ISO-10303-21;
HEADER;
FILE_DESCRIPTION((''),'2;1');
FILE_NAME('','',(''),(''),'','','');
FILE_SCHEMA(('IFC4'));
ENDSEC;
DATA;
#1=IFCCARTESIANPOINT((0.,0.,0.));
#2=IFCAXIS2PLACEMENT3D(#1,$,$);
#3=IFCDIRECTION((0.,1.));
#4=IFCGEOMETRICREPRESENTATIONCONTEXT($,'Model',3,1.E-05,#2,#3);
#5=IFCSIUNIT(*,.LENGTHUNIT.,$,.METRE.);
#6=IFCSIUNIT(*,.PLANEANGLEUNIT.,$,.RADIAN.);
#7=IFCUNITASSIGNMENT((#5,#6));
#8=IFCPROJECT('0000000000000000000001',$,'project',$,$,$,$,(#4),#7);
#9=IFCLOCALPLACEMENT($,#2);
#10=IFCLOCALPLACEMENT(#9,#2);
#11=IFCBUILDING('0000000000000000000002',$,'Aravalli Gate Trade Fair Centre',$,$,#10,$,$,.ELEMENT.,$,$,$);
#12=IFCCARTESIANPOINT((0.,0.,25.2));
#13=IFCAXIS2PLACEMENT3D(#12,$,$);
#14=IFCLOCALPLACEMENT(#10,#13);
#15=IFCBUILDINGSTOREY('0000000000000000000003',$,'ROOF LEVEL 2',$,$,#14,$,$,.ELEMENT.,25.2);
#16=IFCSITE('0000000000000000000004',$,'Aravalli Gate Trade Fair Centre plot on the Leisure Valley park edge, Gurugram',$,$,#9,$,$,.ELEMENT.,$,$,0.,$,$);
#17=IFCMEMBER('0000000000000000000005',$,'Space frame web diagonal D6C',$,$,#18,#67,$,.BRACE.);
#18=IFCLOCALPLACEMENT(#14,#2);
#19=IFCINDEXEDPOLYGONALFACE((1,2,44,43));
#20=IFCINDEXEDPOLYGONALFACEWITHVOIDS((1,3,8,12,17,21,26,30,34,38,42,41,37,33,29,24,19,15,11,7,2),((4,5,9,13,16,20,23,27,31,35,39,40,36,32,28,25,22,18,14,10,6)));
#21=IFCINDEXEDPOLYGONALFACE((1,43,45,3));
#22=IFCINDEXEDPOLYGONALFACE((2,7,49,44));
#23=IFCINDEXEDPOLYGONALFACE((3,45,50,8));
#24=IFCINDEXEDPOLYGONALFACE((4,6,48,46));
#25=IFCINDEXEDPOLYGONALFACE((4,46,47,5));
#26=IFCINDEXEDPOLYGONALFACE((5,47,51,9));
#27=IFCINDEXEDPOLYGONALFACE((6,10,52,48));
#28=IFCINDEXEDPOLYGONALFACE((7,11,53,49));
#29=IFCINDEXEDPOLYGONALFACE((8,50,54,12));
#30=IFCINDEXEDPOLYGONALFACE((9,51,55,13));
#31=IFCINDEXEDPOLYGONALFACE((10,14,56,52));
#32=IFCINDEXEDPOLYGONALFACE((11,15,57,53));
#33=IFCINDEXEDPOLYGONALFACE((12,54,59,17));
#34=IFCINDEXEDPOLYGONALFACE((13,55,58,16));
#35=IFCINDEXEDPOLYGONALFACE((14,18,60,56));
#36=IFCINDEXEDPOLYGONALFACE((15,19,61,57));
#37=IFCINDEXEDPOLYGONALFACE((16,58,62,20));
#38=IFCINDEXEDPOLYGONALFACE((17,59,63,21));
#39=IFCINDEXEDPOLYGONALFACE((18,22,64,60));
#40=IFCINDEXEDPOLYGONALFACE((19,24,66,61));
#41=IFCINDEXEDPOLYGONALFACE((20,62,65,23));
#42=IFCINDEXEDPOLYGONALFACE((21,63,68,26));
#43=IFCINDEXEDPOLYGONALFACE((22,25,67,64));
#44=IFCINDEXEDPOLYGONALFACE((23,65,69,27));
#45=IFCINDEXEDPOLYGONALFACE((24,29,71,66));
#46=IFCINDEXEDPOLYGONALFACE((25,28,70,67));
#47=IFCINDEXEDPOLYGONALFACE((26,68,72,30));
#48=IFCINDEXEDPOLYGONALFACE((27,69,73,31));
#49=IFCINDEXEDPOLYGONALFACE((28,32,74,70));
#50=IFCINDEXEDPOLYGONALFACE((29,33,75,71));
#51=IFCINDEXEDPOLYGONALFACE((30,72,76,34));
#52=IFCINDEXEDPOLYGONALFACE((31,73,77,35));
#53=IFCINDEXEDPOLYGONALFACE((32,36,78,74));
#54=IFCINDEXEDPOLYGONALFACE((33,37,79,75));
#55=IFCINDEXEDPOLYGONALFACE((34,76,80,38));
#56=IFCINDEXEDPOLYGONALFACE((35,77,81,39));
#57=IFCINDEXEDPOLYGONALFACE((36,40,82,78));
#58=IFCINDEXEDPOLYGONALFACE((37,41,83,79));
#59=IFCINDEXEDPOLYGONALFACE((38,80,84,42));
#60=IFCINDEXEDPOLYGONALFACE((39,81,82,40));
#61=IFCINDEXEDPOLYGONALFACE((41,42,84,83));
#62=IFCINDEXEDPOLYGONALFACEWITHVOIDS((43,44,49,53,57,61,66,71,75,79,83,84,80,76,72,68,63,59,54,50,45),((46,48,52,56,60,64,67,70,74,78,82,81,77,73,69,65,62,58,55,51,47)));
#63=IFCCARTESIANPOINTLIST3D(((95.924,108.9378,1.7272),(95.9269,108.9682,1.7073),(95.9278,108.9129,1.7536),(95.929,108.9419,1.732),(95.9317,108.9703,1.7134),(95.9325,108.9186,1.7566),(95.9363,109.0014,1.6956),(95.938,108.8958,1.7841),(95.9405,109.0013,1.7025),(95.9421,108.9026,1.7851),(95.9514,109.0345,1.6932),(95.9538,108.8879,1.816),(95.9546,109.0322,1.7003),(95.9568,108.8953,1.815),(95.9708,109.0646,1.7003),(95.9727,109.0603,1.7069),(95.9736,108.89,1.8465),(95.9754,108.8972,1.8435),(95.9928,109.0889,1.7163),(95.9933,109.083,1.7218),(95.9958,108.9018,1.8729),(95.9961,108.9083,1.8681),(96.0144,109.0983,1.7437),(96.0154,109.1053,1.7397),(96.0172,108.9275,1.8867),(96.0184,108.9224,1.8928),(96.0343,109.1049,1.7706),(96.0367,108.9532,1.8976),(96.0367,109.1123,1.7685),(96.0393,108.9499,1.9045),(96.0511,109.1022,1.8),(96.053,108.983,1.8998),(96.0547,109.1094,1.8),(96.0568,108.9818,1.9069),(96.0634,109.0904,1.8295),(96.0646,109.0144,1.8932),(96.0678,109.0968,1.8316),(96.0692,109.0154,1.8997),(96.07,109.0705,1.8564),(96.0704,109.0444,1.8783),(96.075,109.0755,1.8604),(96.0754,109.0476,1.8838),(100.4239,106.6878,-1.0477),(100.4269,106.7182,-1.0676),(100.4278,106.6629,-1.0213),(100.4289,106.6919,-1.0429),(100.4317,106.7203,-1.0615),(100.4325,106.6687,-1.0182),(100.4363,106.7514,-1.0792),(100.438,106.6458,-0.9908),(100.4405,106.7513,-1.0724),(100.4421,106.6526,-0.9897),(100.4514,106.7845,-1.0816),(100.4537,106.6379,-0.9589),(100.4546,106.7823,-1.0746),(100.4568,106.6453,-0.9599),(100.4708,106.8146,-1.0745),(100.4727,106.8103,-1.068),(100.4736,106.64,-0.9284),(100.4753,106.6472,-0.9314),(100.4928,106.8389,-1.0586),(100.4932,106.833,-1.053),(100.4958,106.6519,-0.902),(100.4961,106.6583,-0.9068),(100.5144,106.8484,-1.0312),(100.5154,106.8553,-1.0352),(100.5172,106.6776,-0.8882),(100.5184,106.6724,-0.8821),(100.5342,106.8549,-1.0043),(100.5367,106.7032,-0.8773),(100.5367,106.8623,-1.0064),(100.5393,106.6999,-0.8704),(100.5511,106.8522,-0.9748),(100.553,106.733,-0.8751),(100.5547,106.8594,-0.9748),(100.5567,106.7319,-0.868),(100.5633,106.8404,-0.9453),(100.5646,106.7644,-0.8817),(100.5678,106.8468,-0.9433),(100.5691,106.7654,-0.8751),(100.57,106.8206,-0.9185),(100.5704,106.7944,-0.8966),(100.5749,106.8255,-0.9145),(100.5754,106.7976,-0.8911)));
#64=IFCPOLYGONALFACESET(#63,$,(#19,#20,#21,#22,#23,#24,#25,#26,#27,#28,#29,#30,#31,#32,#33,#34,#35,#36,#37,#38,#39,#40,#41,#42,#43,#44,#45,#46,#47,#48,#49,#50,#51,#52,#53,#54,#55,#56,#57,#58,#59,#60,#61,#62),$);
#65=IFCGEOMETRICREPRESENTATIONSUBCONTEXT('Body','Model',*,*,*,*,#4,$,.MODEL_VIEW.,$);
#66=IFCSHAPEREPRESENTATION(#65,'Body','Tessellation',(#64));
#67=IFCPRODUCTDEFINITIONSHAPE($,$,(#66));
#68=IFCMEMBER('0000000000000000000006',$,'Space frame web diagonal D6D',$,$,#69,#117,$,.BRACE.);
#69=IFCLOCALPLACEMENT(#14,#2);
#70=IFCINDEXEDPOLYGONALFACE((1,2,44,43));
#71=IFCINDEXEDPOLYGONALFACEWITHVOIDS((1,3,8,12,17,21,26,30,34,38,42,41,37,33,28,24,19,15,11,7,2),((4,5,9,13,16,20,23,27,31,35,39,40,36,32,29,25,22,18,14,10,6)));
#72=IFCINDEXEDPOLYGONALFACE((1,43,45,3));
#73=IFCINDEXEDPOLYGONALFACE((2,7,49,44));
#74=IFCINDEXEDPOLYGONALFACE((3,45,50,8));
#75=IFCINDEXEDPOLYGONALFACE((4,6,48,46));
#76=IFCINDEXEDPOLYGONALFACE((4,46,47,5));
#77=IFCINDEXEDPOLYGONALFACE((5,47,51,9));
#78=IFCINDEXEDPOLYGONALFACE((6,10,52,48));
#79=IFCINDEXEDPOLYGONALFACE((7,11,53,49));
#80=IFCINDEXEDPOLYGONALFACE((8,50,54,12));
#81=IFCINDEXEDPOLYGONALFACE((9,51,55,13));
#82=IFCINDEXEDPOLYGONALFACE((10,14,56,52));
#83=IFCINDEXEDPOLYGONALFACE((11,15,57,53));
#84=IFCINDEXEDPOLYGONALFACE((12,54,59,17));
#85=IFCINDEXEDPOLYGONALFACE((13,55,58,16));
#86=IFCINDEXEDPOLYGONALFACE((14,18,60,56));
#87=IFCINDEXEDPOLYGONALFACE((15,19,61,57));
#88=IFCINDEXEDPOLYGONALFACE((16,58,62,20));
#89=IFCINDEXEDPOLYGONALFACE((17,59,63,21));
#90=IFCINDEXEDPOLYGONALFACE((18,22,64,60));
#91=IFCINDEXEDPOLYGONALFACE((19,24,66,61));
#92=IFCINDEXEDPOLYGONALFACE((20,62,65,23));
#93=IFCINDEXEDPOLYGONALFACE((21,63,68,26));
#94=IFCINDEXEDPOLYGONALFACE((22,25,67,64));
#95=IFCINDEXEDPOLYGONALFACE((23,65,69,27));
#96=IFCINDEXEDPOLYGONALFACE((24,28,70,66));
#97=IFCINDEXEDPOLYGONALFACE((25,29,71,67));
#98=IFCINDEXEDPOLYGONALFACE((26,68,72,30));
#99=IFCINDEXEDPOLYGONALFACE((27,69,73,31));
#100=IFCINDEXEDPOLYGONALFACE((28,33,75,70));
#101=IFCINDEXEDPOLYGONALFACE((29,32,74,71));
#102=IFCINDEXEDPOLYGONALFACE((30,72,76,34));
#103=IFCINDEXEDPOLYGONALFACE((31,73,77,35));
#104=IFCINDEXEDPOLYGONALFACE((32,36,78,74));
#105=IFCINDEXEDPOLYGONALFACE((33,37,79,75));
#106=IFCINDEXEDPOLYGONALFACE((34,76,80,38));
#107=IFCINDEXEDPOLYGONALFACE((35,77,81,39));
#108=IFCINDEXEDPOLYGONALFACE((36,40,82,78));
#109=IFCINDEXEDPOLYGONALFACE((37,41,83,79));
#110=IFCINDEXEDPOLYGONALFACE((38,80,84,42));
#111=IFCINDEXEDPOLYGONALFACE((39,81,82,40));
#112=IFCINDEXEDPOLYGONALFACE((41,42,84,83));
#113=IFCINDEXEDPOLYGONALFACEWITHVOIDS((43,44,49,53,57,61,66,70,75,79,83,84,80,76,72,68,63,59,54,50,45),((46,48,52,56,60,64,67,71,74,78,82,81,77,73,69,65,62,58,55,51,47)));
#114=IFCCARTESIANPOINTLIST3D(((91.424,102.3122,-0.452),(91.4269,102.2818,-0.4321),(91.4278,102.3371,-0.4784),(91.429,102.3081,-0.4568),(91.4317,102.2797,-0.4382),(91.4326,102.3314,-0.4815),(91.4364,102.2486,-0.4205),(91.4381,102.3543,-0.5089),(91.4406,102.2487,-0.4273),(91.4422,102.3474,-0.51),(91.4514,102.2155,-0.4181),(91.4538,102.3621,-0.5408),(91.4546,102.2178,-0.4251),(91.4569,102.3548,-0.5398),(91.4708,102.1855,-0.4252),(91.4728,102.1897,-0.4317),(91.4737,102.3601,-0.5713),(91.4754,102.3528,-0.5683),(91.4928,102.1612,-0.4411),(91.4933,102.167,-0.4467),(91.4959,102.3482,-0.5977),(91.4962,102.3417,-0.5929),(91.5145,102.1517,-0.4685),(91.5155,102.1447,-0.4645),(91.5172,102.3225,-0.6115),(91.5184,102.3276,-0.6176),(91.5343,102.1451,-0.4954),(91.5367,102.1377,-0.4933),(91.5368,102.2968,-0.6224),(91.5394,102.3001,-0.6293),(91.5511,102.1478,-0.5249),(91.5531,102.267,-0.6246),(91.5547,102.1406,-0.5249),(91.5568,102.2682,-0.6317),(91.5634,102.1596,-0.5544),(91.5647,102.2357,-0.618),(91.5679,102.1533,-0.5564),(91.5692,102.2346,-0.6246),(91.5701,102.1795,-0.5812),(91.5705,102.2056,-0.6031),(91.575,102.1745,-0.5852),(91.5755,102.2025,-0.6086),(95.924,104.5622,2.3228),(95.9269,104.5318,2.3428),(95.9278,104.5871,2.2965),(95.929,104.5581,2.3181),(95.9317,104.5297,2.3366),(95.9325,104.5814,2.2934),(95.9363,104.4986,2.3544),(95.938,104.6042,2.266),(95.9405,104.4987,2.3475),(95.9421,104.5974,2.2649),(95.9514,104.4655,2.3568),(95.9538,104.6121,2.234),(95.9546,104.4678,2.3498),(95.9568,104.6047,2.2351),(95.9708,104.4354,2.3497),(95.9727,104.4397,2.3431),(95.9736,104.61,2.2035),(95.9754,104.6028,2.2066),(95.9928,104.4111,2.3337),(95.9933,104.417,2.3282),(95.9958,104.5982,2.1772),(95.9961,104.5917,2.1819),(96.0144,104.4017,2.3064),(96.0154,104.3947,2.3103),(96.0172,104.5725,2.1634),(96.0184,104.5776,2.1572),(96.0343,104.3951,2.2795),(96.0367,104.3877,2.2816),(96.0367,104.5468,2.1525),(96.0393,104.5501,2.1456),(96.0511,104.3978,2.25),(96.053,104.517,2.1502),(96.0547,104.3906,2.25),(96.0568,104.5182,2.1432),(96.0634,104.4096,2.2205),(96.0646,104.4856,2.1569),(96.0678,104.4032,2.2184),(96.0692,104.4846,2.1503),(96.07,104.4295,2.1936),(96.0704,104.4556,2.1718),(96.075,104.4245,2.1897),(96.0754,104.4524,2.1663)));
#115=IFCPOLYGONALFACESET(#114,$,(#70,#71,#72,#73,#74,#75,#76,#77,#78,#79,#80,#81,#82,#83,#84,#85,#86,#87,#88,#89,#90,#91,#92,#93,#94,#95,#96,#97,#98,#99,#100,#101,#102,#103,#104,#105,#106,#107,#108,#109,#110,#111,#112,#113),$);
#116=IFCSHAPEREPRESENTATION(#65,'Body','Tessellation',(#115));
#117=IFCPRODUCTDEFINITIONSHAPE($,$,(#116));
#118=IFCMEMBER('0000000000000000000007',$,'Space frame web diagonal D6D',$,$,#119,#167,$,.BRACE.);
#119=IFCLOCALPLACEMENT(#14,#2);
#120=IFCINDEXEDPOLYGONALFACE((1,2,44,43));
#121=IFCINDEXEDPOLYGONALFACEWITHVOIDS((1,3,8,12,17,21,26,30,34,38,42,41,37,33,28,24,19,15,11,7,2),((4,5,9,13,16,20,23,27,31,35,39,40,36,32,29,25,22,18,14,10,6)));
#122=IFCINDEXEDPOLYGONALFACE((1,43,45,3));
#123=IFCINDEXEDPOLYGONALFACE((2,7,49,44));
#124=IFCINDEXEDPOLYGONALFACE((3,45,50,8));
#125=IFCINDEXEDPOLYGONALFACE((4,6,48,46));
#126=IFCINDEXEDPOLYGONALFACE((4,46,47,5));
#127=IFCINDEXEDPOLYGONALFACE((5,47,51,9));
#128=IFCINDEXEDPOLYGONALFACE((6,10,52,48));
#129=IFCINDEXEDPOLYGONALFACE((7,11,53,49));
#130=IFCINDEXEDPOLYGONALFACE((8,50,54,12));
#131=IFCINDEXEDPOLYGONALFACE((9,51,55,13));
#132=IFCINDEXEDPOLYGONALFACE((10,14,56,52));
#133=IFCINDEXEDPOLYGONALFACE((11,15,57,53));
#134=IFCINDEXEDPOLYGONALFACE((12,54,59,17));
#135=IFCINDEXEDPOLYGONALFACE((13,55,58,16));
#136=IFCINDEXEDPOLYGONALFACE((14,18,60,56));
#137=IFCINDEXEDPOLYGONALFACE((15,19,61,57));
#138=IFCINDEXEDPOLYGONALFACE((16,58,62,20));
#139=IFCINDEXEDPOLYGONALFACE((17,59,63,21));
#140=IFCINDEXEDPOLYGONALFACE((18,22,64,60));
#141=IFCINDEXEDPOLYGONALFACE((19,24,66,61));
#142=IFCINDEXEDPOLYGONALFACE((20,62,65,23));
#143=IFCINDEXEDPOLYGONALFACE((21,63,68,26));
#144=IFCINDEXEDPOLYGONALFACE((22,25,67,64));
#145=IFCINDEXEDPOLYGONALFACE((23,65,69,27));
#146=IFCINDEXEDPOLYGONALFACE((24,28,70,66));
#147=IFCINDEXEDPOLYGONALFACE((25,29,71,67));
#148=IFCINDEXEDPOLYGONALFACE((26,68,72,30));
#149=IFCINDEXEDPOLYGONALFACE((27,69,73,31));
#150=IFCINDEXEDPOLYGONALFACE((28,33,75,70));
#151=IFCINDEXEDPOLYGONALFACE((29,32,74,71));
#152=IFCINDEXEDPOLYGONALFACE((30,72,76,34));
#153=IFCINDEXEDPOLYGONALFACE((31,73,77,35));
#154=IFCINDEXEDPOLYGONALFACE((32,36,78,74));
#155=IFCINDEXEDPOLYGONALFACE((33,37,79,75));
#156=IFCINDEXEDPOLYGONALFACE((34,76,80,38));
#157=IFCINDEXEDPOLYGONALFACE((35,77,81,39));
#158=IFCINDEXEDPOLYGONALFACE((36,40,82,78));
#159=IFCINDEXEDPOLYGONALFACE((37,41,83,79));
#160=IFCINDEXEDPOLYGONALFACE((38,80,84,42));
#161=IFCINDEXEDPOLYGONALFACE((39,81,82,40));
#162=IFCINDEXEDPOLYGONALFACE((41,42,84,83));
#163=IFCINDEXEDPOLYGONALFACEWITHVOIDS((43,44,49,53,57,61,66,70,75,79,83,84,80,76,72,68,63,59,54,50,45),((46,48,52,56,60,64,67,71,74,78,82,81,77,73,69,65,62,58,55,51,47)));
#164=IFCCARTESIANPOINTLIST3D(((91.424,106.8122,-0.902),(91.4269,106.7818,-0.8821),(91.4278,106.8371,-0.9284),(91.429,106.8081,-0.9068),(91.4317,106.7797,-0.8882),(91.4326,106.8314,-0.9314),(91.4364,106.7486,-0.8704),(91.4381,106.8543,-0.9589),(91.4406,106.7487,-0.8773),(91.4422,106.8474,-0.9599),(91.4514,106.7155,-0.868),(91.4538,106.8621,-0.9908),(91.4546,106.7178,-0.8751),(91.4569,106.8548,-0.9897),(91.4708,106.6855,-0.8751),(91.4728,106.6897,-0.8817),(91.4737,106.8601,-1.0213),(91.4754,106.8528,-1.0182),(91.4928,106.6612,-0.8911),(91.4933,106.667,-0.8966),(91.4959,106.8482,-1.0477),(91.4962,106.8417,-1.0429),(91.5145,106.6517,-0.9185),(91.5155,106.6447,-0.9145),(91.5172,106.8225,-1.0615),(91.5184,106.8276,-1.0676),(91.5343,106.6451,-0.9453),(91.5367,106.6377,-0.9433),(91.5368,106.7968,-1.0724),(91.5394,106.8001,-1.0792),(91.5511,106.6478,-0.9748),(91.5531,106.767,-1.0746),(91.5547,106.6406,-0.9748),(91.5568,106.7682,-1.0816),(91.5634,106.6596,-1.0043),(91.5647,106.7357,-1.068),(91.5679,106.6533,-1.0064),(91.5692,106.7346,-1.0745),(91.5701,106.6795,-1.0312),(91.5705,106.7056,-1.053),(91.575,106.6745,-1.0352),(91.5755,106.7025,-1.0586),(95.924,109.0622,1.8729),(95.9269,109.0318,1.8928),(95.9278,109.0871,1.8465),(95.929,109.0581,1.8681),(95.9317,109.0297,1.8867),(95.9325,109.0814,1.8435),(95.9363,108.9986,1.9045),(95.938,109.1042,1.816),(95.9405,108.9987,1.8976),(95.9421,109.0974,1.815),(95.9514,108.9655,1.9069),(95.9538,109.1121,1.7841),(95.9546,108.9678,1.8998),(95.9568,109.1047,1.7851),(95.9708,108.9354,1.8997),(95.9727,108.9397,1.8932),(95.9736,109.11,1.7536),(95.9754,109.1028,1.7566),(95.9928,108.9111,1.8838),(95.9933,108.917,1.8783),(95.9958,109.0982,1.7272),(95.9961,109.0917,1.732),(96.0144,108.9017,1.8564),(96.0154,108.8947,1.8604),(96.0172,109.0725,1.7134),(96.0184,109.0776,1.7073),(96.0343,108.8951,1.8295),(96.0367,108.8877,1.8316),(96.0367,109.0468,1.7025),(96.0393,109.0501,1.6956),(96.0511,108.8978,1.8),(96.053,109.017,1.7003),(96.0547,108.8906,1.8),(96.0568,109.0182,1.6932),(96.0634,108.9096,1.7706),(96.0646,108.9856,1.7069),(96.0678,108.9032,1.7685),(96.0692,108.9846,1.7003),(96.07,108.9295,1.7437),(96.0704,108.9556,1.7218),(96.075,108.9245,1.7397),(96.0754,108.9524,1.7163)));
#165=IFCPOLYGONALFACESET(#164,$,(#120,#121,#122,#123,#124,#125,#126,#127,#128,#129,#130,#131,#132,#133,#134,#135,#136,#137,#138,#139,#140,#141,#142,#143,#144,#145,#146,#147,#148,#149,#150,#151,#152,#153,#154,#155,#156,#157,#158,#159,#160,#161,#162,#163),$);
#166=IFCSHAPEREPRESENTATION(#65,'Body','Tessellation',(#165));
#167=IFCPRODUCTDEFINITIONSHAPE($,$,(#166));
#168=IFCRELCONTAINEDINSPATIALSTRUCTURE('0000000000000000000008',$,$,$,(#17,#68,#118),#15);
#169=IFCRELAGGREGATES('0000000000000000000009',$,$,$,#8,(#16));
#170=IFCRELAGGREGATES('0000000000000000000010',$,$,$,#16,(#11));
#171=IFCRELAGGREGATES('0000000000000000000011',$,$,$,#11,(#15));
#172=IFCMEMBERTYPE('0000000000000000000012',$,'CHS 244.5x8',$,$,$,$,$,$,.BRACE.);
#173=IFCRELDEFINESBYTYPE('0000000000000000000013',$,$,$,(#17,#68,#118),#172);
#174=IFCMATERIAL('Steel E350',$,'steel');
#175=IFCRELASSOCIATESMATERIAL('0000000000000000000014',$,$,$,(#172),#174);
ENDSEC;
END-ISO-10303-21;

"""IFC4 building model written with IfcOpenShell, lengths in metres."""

from ifc_helpers import new_model, si_unit, direction, frame, origin, origin_2d, place, context, subcontext, project, spatial, hollow_circle, extrude, material, material_profile, profile_set, type_object, element, save


model = new_model("IFC4")

# Units and contexts
model_context = context("Model", 3, precision=1e-05, world=origin(), true_north=direction((0.0, 1.0)))
body_context = subcontext(model_context, "Body", "Model", "MODEL_VIEW")
ifc_project = project(units=[si_unit("LENGTHUNIT", "METRE"), si_unit("PLANEANGLEUNIT", "RADIAN")], contexts=[model_context])

# Site, building, storey
site_placement = place(None, origin())
site = spatial("IfcSite", under=ifc_project, at=site_placement, Name="Aravalli Gate Trade Fair Centre plot on the Leisure Valley park edge, Gurugram", CompositionType="ELEMENT", RefElevation=0.0)
building_placement = place(site_placement, origin())
building = spatial("IfcBuilding", under=site, at=building_placement, Name="Aravalli Gate Trade Fair Centre", CompositionType="ELEMENT")
storey_placement = place(building_placement, frame((0.0, 0.0, 25.2)))
storey = spatial("IfcBuildingStorey", under=building, at=storey_placement, Name="ROOF LEVEL 2", CompositionType="ELEMENT", Elevation=25.2)

# Members
ifc_material_1 = material(Name="Steel E350", Category="steel")
ifc_material_profile_1 = material_profile(ifc_material_1, hollow_circle(Radius=0.1223, WallThickness=0.0081, at=origin_2d()), Name="CHS 244.5x8")
ifc_profile_set_1 = profile_set([ifc_material_profile_1], Name="Steel E350")
member_type_1 = type_object("IfcMemberType", Name="CHS 244.5x8", PredefinedType="BRACE", material=ifc_profile_set_1)
for number, where, z_axis, x_axis, name in (
    (1, (96.0, 109.0, 1.8), (0.7832, -0.3916, -0.482956), (0.447214, 0.894427, 0.0), "Space frame web diagonal D6C"),
    (2, (96.0, 104.5, 2.25), (-0.7832, -0.3916, -0.482956), (0.447214, -0.894427, 0.0), "Space frame web diagonal D6D"),
    (3, (96.0, 109.0, 1.8), (-0.7832, -0.3916, -0.482956), (0.447214, -0.894427, 0.0), "Space frame web diagonal D6D"),
):
    element("IfcMember", number, at=place(storey_placement, frame(where, z_axis=z_axis, x_axis=x_axis)), inside=storey, type_object=member_type_1, Name=name, PredefinedType="BRACE", context=body_context, shape_type="SweptSolid", body=[
        extrude(hollow_circle(Radius=0.1223, WallThickness=0.0081, at=origin_2d()), origin(), (0.0, 0.0, 1.0), 5.7456),
    ])

save(model, "model.ifc")
